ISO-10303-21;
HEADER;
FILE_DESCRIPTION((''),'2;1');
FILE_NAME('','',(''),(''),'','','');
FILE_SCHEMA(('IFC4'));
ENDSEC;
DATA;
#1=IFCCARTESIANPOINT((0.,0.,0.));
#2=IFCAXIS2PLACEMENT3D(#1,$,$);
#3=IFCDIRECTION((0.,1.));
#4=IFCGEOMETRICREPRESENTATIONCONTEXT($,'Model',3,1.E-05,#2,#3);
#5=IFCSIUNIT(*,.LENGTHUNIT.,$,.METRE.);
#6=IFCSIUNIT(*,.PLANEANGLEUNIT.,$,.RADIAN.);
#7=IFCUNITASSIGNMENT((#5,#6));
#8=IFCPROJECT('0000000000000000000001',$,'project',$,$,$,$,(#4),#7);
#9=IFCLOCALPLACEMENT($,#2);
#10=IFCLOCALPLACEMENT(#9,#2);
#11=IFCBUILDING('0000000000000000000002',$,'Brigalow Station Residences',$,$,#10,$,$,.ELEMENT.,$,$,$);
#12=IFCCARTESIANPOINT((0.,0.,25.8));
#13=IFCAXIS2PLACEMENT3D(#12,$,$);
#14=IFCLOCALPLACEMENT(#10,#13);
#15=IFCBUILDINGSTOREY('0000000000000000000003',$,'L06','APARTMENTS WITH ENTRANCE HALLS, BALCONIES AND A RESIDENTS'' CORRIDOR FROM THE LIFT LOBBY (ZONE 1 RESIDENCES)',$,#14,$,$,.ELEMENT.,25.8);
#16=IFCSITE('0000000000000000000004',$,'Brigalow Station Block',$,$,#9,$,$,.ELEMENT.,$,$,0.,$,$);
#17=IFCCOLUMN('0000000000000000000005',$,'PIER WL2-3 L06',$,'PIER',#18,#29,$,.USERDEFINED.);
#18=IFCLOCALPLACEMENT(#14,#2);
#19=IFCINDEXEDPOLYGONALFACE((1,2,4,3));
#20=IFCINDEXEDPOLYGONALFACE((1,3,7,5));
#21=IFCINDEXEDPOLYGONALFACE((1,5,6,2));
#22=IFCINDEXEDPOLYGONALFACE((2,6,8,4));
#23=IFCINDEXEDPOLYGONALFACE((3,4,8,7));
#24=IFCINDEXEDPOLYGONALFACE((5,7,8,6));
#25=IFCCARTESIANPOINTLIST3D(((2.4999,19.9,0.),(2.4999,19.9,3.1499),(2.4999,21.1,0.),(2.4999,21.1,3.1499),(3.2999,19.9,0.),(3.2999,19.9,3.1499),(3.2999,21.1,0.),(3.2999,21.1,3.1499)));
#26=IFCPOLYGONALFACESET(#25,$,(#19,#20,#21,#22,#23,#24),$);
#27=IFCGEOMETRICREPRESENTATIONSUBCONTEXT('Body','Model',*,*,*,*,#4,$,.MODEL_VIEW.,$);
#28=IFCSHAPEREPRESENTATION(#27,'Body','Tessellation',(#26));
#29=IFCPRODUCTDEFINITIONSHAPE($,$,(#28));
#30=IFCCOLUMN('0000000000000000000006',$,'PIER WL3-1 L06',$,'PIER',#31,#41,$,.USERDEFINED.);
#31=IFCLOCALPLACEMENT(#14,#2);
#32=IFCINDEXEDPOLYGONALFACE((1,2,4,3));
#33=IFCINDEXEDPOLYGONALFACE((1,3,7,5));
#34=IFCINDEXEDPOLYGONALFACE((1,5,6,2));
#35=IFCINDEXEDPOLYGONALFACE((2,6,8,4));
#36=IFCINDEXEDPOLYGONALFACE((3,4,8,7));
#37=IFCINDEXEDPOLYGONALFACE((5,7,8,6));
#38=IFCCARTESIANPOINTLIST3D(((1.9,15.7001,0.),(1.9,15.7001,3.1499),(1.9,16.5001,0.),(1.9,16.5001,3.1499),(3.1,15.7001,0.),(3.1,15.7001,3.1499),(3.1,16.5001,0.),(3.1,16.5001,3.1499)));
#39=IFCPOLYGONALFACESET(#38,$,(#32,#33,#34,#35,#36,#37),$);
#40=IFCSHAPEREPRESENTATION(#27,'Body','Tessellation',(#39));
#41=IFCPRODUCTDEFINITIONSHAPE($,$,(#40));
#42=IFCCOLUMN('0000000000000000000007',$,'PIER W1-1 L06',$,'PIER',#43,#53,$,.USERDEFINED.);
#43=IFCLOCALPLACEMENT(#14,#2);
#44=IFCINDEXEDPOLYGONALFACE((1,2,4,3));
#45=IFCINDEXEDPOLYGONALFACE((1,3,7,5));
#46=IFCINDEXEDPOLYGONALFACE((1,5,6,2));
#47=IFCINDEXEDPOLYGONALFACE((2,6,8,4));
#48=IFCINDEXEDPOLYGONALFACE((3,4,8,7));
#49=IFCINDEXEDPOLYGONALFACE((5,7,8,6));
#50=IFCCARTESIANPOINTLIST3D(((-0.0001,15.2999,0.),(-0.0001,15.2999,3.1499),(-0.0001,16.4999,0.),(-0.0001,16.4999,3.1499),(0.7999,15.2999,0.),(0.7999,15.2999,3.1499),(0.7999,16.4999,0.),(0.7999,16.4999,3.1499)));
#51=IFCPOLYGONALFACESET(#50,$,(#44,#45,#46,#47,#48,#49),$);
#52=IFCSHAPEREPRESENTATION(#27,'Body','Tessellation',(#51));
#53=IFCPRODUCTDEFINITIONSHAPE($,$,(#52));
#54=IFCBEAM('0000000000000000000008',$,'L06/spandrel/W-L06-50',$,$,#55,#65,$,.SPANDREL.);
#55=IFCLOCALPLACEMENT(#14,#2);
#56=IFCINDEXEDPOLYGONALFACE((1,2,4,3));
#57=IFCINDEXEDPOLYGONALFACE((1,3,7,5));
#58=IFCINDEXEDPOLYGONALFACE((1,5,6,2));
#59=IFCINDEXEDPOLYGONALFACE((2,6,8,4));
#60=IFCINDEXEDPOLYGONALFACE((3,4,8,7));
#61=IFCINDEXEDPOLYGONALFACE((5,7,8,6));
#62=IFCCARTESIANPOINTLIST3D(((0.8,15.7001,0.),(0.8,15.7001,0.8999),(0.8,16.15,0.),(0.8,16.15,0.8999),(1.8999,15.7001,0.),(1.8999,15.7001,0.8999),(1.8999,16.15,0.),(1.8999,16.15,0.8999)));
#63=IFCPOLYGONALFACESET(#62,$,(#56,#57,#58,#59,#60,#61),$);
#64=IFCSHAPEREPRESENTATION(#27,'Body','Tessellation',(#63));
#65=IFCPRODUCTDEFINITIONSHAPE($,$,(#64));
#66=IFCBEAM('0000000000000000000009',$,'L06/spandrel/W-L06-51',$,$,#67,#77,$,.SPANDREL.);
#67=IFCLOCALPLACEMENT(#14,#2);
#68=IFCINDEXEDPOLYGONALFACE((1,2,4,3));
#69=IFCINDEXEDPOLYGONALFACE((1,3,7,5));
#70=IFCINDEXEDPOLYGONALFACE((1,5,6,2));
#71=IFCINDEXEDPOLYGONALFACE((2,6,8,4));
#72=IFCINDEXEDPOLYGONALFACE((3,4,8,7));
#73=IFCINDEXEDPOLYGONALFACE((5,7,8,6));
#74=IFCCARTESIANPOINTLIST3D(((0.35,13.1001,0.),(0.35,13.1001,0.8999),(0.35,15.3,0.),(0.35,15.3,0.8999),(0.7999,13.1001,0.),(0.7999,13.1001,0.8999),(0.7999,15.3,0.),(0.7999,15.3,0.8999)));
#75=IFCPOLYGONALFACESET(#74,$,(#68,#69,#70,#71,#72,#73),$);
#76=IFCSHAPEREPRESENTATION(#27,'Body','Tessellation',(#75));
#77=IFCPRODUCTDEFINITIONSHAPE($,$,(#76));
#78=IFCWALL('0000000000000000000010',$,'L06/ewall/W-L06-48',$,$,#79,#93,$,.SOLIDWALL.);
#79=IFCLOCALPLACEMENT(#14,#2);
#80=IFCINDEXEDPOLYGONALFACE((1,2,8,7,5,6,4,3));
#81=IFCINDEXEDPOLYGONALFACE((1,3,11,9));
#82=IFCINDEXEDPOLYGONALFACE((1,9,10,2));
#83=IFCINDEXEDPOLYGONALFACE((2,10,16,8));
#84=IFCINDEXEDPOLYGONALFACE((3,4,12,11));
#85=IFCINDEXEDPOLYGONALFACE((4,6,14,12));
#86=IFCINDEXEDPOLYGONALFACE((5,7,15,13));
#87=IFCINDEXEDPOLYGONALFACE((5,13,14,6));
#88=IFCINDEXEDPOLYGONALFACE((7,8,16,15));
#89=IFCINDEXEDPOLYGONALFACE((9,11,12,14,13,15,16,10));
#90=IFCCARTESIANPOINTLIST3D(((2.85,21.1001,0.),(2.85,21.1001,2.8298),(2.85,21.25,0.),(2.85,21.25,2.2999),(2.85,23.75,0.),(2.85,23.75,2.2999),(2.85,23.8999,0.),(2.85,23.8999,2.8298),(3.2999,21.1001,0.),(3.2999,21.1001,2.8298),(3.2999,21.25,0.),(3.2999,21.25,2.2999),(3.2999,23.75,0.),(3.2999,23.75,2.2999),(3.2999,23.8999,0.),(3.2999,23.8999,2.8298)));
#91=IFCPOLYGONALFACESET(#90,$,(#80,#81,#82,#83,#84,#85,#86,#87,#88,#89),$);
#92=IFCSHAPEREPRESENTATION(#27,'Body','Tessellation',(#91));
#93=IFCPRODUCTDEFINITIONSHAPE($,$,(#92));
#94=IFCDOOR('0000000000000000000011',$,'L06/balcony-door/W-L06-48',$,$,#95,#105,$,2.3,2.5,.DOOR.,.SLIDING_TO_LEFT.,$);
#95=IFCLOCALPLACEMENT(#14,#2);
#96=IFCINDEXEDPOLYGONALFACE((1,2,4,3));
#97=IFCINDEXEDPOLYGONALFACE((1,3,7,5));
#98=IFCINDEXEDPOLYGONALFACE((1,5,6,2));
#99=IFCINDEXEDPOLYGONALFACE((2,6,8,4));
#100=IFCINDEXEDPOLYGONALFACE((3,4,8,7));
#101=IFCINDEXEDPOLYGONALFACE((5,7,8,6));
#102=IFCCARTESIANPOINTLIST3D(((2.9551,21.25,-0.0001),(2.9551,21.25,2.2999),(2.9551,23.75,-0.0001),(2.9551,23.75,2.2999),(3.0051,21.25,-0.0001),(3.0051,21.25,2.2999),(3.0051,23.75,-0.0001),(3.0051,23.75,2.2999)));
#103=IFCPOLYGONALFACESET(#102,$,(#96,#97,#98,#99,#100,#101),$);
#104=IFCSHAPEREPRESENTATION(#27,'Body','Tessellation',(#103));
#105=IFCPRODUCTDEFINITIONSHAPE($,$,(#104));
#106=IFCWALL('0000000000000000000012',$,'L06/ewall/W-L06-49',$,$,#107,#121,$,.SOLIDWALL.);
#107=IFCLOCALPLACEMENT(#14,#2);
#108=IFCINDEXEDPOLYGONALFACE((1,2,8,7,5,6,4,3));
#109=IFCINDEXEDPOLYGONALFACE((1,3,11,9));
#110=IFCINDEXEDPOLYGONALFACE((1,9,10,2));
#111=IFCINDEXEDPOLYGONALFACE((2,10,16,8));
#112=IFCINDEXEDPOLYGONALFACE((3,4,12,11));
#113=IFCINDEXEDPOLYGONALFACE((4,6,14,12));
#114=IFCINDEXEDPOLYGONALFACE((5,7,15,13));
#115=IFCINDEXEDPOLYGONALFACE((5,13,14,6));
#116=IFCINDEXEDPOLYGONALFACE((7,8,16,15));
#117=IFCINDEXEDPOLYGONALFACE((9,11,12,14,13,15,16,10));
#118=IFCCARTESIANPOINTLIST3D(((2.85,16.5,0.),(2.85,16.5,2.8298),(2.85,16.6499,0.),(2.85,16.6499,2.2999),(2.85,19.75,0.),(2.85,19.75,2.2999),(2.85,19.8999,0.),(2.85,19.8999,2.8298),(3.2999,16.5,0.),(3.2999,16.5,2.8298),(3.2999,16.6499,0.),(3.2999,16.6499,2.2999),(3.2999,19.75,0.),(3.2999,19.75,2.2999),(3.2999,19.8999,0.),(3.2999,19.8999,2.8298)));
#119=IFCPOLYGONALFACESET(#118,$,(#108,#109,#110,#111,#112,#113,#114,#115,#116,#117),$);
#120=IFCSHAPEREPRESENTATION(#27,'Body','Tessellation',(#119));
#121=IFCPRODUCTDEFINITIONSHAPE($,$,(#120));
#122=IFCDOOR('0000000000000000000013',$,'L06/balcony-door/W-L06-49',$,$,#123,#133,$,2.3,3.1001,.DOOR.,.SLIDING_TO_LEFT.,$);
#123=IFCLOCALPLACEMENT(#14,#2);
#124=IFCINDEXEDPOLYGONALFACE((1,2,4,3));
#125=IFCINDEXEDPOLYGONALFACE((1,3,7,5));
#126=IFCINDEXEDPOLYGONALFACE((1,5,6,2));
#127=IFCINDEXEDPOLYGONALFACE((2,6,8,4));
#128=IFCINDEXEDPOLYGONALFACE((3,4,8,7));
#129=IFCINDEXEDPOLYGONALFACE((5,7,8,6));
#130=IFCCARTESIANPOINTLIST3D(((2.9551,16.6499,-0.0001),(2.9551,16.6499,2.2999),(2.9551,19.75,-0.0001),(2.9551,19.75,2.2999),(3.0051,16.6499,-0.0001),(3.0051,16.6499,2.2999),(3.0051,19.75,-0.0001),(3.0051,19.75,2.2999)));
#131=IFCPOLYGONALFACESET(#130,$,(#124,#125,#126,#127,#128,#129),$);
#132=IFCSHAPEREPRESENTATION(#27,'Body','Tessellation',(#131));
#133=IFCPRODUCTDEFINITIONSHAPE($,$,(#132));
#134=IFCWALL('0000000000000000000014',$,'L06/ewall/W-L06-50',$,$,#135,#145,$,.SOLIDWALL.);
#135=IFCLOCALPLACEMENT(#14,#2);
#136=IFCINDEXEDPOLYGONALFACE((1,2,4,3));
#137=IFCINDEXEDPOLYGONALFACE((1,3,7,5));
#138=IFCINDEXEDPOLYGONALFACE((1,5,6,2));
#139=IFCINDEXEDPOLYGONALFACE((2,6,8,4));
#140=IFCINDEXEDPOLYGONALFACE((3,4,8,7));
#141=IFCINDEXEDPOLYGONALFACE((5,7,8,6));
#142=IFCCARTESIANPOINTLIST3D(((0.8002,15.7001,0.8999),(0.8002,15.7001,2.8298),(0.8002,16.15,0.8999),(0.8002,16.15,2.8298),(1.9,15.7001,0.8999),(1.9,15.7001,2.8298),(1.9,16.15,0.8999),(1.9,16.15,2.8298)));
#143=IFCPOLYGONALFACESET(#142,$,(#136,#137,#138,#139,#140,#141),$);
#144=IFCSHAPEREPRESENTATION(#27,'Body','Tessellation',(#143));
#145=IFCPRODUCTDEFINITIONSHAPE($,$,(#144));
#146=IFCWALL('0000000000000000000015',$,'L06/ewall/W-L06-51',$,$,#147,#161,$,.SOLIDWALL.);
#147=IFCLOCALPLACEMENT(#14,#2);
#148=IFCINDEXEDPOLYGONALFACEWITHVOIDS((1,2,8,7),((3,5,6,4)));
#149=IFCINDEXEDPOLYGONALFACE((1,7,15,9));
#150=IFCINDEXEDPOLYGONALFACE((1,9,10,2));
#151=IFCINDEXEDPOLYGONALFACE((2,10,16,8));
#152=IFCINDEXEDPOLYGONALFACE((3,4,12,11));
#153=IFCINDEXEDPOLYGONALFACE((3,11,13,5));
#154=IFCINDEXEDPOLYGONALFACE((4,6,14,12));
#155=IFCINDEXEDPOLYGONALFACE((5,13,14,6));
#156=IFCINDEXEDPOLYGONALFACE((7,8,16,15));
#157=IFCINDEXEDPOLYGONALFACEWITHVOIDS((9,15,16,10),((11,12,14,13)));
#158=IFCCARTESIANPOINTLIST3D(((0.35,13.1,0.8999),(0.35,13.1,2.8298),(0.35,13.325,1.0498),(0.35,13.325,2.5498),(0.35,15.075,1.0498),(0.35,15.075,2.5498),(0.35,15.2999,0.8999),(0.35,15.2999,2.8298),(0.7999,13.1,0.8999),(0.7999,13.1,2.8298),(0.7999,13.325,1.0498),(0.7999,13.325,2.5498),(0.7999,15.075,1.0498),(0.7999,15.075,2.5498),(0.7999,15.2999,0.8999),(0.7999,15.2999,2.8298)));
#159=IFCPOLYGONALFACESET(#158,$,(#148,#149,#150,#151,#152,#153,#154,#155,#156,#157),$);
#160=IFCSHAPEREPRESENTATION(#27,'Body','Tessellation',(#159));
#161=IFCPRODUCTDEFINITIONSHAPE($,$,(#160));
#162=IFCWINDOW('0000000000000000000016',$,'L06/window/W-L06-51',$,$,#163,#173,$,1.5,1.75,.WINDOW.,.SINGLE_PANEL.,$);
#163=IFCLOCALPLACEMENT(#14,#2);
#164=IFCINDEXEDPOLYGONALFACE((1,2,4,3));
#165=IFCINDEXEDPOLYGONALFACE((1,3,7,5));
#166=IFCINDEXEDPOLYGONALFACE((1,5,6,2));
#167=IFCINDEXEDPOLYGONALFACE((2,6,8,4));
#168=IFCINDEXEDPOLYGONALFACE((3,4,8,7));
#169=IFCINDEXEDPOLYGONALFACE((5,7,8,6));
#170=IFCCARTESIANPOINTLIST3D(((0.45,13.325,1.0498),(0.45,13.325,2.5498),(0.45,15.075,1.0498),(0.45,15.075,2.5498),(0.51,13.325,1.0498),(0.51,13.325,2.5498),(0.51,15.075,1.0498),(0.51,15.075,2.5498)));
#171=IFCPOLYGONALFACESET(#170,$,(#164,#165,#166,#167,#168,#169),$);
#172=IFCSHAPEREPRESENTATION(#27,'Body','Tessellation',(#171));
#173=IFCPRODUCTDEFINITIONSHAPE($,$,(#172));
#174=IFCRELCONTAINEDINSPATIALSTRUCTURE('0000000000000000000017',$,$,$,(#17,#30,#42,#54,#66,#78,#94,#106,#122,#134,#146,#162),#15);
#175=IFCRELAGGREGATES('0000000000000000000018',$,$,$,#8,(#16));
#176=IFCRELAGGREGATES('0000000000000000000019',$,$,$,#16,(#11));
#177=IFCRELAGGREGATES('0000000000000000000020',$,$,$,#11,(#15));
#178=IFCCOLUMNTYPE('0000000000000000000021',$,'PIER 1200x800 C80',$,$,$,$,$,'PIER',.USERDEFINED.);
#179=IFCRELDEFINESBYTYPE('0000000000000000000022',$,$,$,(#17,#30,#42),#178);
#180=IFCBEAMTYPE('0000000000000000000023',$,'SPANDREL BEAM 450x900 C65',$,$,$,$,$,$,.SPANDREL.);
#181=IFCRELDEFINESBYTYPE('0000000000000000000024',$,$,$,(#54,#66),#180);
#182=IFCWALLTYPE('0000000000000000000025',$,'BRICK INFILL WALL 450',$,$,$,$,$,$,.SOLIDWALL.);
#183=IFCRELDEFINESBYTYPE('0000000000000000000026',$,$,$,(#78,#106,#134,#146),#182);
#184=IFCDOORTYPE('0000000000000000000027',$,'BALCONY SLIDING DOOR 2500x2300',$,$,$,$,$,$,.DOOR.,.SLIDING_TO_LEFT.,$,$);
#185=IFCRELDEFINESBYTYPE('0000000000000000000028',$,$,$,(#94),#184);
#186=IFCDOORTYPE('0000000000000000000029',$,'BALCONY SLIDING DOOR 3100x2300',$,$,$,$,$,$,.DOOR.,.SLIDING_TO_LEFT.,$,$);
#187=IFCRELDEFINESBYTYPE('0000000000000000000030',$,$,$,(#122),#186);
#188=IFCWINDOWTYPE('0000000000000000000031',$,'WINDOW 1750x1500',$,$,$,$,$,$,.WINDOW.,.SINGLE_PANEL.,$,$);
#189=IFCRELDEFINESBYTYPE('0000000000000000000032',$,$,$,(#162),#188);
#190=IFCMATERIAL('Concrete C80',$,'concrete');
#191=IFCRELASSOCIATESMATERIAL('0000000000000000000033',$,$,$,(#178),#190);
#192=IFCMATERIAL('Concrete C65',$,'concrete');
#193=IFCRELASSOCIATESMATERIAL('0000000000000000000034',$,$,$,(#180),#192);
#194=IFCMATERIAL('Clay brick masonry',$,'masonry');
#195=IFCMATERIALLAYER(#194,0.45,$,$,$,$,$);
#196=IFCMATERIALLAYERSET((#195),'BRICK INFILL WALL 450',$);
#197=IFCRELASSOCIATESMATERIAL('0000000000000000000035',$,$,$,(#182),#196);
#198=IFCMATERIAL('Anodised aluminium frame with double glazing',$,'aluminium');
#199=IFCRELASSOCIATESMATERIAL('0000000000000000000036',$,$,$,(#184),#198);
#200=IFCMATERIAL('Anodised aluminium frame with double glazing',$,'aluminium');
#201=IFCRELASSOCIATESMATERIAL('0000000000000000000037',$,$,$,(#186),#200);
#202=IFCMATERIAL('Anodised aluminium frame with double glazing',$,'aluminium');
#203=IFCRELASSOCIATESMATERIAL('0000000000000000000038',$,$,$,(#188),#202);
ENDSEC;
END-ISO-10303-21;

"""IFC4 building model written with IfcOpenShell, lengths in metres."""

from ifc_helpers import new_model, si_unit, direction, frame, frame_2d, origin, origin_2d, place, context, subcontext, project, spatial, rectangle, extrude, material, layer, layer_set, material_profile, profile_set, type_object, element, fill, save


model = new_model("IFC4")

# Units and contexts
model_context = context("Model", 3, precision=1e-05, world=origin(), true_north=direction((0.0, 1.0)))
body_context = subcontext(model_context, "Body", "Model", "MODEL_VIEW")
ifc_project = project(units=[si_unit("LENGTHUNIT", "METRE"), si_unit("PLANEANGLEUNIT", "RADIAN")], contexts=[model_context])

# Site, building, storey
site_placement = place(None, origin())
site = spatial("IfcSite", under=ifc_project, at=site_placement, Name="Brigalow Station Block", CompositionType="ELEMENT", RefElevation=0.0)
building_placement = place(site_placement, origin())
building = spatial("IfcBuilding", under=site, at=building_placement, Name="Brigalow Station Residences", CompositionType="ELEMENT")
storey_placement = place(building_placement, frame((0.0, 0.0, 25.8)))
storey = spatial("IfcBuildingStorey", under=building, at=storey_placement, Name="L06", Description="APARTMENTS WITH ENTRANCE HALLS, BALCONIES AND A RESIDENTS' CORRIDOR FROM THE LIFT LOBBY (ZONE 1 RESIDENCES)", CompositionType="ELEMENT", Elevation=25.8)

# Columns
ifc_material_1 = material(Name="Concrete C80", Category="concrete")
ifc_material_profile_1 = material_profile(ifc_material_1, rectangle(XDim=1.2, YDim=0.8, at=origin_2d()), Name="RC1200x800")
ifc_profile_set_1 = profile_set([ifc_material_profile_1], Name="Concrete C80")
column_type = type_object("IfcColumnType", Name="PIER 1200x800 C80", ElementType="PIER", PredefinedType="USERDEFINED", material=ifc_profile_set_1)
for number, where, z_axis, x_axis, name in (
    (1, (2.8999, 20.5, 0.0), (0.0, 0.0, 1.0), (0.0, -1.0, 0.0), "PIER WL2-3 L06"),
    (2, (2.5, 16.1001, 0.0), (0.0, 0.0, 1.0), (-1.0, 0.0, 0.0), "PIER WL3-1 L06"),
    (3, (0.3999, 15.8999, 0.0), (0.0, 0.0, 1.0), (0.0, -1.0, 0.0), "PIER W1-1 L06"),
):
    element("IfcColumn", number, at=place(storey_placement, frame(where, z_axis=z_axis, x_axis=x_axis)), inside=storey, type_object=column_type, Name=name, ObjectType="PIER", PredefinedType="USERDEFINED", context=body_context, shape_type="SweptSolid", body=[
        extrude(rectangle(XDim=1.2, YDim=0.8, at=origin_2d()), origin(), (0.0, 0.0, 1.0), 3.1499),
    ])

# Beams
ifc_material_2 = material(Name="Concrete C65", Category="concrete")
ifc_material_profile_2 = material_profile(ifc_material_2, rectangle(XDim=0.45, YDim=0.8999, at=origin_2d()), Name="RC450x900")
ifc_profile_set_2 = profile_set([ifc_material_profile_2], Name="Concrete C65")
beam_type = type_object("IfcBeamType", Name="SPANDREL BEAM 450x900 C65", PredefinedType="SPANDREL", material=ifc_profile_set_2)
beam_1_placement = place(storey_placement, frame((1.8999, 15.925, 0.45), z_axis=(-1.0, 0.0, 0.0), x_axis=(0.0, -1.0, 0.0)))
element("IfcBeam", 4, at=beam_1_placement, inside=storey, type_object=beam_type, Name="L06/spandrel/W-L06-50", PredefinedType="SPANDREL", context=body_context, shape_type="SweptSolid", body=[
    extrude(rectangle(XDim=0.45, YDim=0.8999, at=origin_2d()), origin(), (0.0, 0.0, 1.0), 1.0999),
])
beam_2_placement = place(storey_placement, frame((0.575, 15.3, 0.45), z_axis=(0.0, -1.0, 0.0), x_axis=(1.0, 0.0, 0.0)))
element("IfcBeam", 5, at=beam_2_placement, inside=storey, type_object=beam_type, Name="L06/spandrel/W-L06-51", PredefinedType="SPANDREL", context=body_context, shape_type="SweptSolid", body=[
    extrude(rectangle(XDim=0.45, YDim=0.8999, at=origin_2d()), origin(), (0.0, 0.0, 1.0), 2.2),
])

# Walls, openings, doors
ifc_material_3 = material(Name="Clay brick masonry", Category="masonry")
ifc_layer_1 = layer(ifc_material_3, 0.45)
ifc_layer_set_1 = layer_set([ifc_layer_1], Name="BRICK INFILL WALL 450")
wall_type_1 = type_object("IfcWallType", Name="BRICK INFILL WALL 450", PredefinedType="SOLIDWALL", material=ifc_layer_set_1)
wall_1_placement = place(storey_placement, frame((3.075, 23.8999, 0.0), z_axis=(0.0, 0.0, 1.0), x_axis=(0.0, -1.0, 0.0)))
wall_1 = element("IfcWall", 6, at=wall_1_placement, inside=storey, type_object=wall_type_1, Name="L06/ewall/W-L06-48", PredefinedType="SOLIDWALL", context=body_context, shape_type="SweptSolid", body=[
    extrude(rectangle(XDim=2.7998, YDim=0.45, at=frame_2d((1.3999, 0.0))), origin(), (0.0, 0.0, 1.0), 2.8298),
])
opening_1_placement = place(wall_1_placement, frame((0.1499, 0.0, 0.0)))
opening_1 = element("IfcOpeningElement", 7, at=opening_1_placement, cuts=wall_1, PredefinedType="OPENING", context=body_context, shape_type="SweptSolid", body=[
    extrude(rectangle(XDim=2.5, YDim=2.3, at=frame_2d((1.25, 1.1499))), frame((0.0, 0.2349, 0.0), z_axis=(0.0, -1.0, 0.0), x_axis=(1.0, 0.0, 0.0)), (0.0, 0.0, 1.0), 0.47),
])
ifc_material_4 = material(Name="Anodised aluminium frame with double glazing", Category="aluminium")
door_type_1 = type_object("IfcDoorType", Name="BALCONY SLIDING DOOR 2500x2300", OperationType="SLIDING_TO_LEFT", PredefinedType="DOOR", material=ifc_material_4)
door_1_placement = place(opening_1_placement, origin())
door_1 = element("IfcDoor", 8, at=door_1_placement, inside=storey, type_object=door_type_1, Name="L06/balcony-door/W-L06-48", OperationType="SLIDING_TO_LEFT", OverallHeight=2.3, OverallWidth=2.5, PredefinedType="DOOR", context=body_context, shape_type="SweptSolid", body=[
    extrude(rectangle(XDim=2.5, YDim=2.3, at=frame_2d((1.25, 1.1499))), frame((0.0, -0.0698, 0.0), z_axis=(0.0, -1.0, 0.0), x_axis=(1.0, 0.0, 0.0)), (0.0, 0.0, 1.0), 0.05),
])
fill(opening_1, door_1)
wall_2_placement = place(storey_placement, frame((3.075, 19.8999, 0.0), z_axis=(0.0, 0.0, 1.0), x_axis=(0.0, -1.0, 0.0)))
wall_2 = element("IfcWall", 9, at=wall_2_placement, inside=storey, type_object=wall_type_1, Name="L06/ewall/W-L06-49", PredefinedType="SOLIDWALL", context=body_context, shape_type="SweptSolid", body=[
    extrude(rectangle(XDim=3.3999, YDim=0.45, at=frame_2d((1.7, 0.0))), origin(), (0.0, 0.0, 1.0), 2.8298),
])
opening_2_placement = place(wall_2_placement, frame((0.1499, 0.0, 0.0)))
opening_2 = element("IfcOpeningElement", 10, at=opening_2_placement, cuts=wall_2, PredefinedType="OPENING", context=body_context, shape_type="SweptSolid", body=[
    extrude(rectangle(XDim=3.1001, YDim=2.3, at=frame_2d((1.55, 1.1499))), frame((0.0, 0.2349, 0.0), z_axis=(0.0, -1.0, 0.0), x_axis=(1.0, 0.0, 0.0)), (0.0, 0.0, 1.0), 0.47),
])
ifc_material_5 = material(Name="Anodised aluminium frame with double glazing", Category="aluminium")
door_type_2 = type_object("IfcDoorType", Name="BALCONY SLIDING DOOR 3100x2300", OperationType="SLIDING_TO_LEFT", PredefinedType="DOOR", material=ifc_material_5)
door_2_placement = place(opening_2_placement, origin())
door_2 = element("IfcDoor", 11, at=door_2_placement, inside=storey, type_object=door_type_2, Name="L06/balcony-door/W-L06-49", OperationType="SLIDING_TO_LEFT", OverallHeight=2.3, OverallWidth=3.1001, PredefinedType="DOOR", context=body_context, shape_type="SweptSolid", body=[
    extrude(rectangle(XDim=3.1001, YDim=2.3, at=frame_2d((1.55, 1.1499))), frame((0.0, -0.0698, 0.0), z_axis=(0.0, -1.0, 0.0), x_axis=(1.0, 0.0, 0.0)), (0.0, 0.0, 1.0), 0.05),
])
fill(opening_2, door_2)

# Wall
wall_3_placement = place(storey_placement, frame((1.8999, 15.925, 0.8999), z_axis=(0.0, 0.0, 1.0), x_axis=(-1.0, 0.0, 0.0)))
element("IfcWall", 12, at=wall_3_placement, inside=storey, type_object=wall_type_1, Name="L06/ewall/W-L06-50", PredefinedType="SOLIDWALL", context=body_context, shape_type="SweptSolid", body=[
    extrude(rectangle(XDim=1.0999, YDim=0.45, at=frame_2d((0.5498, 0.0))), origin(), (0.0, 0.0, 1.0), 1.9299),
])

# Wall, opening, window
wall_4_placement = place(storey_placement, frame((0.575, 15.3, 0.8999), z_axis=(0.0, 0.0, 1.0), x_axis=(0.0, -1.0, 0.0)))
wall_4 = element("IfcWall", 13, at=wall_4_placement, inside=storey, type_object=wall_type_1, Name="L06/ewall/W-L06-51", PredefinedType="SOLIDWALL", context=body_context, shape_type="SweptSolid", body=[
    extrude(rectangle(XDim=2.2, YDim=0.45, at=frame_2d((1.1001, 0.0))), origin(), (0.0, 0.0, 1.0), 1.9299),
])
opening_3_placement = place(wall_4_placement, frame((0.2251, 0.0, 0.1499)))
opening_3 = element("IfcOpeningElement", 14, at=opening_3_placement, cuts=wall_4, PredefinedType="OPENING", context=body_context, shape_type="SweptSolid", body=[
    extrude(rectangle(XDim=1.75, YDim=1.5, at=frame_2d((0.875, 0.75))), frame((0.0, 0.2349, 0.0), z_axis=(0.0, -1.0, 0.0), x_axis=(1.0, 0.0, 0.0)), (0.0, 0.0, 1.0), 0.47),
])
ifc_material_6 = material(Name="Anodised aluminium frame with double glazing", Category="aluminium")
window_type = type_object("IfcWindowType", Name="WINDOW 1750x1500", PartitioningType="SINGLE_PANEL", PredefinedType="WINDOW", material=ifc_material_6)
window_placement = place(opening_3_placement, origin())
window = element("IfcWindow", 15, at=window_placement, inside=storey, type_object=window_type, Name="L06/window/W-L06-51", OverallHeight=1.5, OverallWidth=1.75, PartitioningType="SINGLE_PANEL", PredefinedType="WINDOW", context=body_context, shape_type="SweptSolid", body=[
    extrude(rectangle(XDim=1.75, YDim=1.5, at=frame_2d((0.875, 0.75))), frame((0.0, -0.0649, 0.0), z_axis=(0.0, -1.0, 0.0), x_axis=(1.0, 0.0, 0.0)), (0.0, 0.0, 1.0), 0.0601),
])
fill(opening_3, window)

save(model, "model.ifc")
